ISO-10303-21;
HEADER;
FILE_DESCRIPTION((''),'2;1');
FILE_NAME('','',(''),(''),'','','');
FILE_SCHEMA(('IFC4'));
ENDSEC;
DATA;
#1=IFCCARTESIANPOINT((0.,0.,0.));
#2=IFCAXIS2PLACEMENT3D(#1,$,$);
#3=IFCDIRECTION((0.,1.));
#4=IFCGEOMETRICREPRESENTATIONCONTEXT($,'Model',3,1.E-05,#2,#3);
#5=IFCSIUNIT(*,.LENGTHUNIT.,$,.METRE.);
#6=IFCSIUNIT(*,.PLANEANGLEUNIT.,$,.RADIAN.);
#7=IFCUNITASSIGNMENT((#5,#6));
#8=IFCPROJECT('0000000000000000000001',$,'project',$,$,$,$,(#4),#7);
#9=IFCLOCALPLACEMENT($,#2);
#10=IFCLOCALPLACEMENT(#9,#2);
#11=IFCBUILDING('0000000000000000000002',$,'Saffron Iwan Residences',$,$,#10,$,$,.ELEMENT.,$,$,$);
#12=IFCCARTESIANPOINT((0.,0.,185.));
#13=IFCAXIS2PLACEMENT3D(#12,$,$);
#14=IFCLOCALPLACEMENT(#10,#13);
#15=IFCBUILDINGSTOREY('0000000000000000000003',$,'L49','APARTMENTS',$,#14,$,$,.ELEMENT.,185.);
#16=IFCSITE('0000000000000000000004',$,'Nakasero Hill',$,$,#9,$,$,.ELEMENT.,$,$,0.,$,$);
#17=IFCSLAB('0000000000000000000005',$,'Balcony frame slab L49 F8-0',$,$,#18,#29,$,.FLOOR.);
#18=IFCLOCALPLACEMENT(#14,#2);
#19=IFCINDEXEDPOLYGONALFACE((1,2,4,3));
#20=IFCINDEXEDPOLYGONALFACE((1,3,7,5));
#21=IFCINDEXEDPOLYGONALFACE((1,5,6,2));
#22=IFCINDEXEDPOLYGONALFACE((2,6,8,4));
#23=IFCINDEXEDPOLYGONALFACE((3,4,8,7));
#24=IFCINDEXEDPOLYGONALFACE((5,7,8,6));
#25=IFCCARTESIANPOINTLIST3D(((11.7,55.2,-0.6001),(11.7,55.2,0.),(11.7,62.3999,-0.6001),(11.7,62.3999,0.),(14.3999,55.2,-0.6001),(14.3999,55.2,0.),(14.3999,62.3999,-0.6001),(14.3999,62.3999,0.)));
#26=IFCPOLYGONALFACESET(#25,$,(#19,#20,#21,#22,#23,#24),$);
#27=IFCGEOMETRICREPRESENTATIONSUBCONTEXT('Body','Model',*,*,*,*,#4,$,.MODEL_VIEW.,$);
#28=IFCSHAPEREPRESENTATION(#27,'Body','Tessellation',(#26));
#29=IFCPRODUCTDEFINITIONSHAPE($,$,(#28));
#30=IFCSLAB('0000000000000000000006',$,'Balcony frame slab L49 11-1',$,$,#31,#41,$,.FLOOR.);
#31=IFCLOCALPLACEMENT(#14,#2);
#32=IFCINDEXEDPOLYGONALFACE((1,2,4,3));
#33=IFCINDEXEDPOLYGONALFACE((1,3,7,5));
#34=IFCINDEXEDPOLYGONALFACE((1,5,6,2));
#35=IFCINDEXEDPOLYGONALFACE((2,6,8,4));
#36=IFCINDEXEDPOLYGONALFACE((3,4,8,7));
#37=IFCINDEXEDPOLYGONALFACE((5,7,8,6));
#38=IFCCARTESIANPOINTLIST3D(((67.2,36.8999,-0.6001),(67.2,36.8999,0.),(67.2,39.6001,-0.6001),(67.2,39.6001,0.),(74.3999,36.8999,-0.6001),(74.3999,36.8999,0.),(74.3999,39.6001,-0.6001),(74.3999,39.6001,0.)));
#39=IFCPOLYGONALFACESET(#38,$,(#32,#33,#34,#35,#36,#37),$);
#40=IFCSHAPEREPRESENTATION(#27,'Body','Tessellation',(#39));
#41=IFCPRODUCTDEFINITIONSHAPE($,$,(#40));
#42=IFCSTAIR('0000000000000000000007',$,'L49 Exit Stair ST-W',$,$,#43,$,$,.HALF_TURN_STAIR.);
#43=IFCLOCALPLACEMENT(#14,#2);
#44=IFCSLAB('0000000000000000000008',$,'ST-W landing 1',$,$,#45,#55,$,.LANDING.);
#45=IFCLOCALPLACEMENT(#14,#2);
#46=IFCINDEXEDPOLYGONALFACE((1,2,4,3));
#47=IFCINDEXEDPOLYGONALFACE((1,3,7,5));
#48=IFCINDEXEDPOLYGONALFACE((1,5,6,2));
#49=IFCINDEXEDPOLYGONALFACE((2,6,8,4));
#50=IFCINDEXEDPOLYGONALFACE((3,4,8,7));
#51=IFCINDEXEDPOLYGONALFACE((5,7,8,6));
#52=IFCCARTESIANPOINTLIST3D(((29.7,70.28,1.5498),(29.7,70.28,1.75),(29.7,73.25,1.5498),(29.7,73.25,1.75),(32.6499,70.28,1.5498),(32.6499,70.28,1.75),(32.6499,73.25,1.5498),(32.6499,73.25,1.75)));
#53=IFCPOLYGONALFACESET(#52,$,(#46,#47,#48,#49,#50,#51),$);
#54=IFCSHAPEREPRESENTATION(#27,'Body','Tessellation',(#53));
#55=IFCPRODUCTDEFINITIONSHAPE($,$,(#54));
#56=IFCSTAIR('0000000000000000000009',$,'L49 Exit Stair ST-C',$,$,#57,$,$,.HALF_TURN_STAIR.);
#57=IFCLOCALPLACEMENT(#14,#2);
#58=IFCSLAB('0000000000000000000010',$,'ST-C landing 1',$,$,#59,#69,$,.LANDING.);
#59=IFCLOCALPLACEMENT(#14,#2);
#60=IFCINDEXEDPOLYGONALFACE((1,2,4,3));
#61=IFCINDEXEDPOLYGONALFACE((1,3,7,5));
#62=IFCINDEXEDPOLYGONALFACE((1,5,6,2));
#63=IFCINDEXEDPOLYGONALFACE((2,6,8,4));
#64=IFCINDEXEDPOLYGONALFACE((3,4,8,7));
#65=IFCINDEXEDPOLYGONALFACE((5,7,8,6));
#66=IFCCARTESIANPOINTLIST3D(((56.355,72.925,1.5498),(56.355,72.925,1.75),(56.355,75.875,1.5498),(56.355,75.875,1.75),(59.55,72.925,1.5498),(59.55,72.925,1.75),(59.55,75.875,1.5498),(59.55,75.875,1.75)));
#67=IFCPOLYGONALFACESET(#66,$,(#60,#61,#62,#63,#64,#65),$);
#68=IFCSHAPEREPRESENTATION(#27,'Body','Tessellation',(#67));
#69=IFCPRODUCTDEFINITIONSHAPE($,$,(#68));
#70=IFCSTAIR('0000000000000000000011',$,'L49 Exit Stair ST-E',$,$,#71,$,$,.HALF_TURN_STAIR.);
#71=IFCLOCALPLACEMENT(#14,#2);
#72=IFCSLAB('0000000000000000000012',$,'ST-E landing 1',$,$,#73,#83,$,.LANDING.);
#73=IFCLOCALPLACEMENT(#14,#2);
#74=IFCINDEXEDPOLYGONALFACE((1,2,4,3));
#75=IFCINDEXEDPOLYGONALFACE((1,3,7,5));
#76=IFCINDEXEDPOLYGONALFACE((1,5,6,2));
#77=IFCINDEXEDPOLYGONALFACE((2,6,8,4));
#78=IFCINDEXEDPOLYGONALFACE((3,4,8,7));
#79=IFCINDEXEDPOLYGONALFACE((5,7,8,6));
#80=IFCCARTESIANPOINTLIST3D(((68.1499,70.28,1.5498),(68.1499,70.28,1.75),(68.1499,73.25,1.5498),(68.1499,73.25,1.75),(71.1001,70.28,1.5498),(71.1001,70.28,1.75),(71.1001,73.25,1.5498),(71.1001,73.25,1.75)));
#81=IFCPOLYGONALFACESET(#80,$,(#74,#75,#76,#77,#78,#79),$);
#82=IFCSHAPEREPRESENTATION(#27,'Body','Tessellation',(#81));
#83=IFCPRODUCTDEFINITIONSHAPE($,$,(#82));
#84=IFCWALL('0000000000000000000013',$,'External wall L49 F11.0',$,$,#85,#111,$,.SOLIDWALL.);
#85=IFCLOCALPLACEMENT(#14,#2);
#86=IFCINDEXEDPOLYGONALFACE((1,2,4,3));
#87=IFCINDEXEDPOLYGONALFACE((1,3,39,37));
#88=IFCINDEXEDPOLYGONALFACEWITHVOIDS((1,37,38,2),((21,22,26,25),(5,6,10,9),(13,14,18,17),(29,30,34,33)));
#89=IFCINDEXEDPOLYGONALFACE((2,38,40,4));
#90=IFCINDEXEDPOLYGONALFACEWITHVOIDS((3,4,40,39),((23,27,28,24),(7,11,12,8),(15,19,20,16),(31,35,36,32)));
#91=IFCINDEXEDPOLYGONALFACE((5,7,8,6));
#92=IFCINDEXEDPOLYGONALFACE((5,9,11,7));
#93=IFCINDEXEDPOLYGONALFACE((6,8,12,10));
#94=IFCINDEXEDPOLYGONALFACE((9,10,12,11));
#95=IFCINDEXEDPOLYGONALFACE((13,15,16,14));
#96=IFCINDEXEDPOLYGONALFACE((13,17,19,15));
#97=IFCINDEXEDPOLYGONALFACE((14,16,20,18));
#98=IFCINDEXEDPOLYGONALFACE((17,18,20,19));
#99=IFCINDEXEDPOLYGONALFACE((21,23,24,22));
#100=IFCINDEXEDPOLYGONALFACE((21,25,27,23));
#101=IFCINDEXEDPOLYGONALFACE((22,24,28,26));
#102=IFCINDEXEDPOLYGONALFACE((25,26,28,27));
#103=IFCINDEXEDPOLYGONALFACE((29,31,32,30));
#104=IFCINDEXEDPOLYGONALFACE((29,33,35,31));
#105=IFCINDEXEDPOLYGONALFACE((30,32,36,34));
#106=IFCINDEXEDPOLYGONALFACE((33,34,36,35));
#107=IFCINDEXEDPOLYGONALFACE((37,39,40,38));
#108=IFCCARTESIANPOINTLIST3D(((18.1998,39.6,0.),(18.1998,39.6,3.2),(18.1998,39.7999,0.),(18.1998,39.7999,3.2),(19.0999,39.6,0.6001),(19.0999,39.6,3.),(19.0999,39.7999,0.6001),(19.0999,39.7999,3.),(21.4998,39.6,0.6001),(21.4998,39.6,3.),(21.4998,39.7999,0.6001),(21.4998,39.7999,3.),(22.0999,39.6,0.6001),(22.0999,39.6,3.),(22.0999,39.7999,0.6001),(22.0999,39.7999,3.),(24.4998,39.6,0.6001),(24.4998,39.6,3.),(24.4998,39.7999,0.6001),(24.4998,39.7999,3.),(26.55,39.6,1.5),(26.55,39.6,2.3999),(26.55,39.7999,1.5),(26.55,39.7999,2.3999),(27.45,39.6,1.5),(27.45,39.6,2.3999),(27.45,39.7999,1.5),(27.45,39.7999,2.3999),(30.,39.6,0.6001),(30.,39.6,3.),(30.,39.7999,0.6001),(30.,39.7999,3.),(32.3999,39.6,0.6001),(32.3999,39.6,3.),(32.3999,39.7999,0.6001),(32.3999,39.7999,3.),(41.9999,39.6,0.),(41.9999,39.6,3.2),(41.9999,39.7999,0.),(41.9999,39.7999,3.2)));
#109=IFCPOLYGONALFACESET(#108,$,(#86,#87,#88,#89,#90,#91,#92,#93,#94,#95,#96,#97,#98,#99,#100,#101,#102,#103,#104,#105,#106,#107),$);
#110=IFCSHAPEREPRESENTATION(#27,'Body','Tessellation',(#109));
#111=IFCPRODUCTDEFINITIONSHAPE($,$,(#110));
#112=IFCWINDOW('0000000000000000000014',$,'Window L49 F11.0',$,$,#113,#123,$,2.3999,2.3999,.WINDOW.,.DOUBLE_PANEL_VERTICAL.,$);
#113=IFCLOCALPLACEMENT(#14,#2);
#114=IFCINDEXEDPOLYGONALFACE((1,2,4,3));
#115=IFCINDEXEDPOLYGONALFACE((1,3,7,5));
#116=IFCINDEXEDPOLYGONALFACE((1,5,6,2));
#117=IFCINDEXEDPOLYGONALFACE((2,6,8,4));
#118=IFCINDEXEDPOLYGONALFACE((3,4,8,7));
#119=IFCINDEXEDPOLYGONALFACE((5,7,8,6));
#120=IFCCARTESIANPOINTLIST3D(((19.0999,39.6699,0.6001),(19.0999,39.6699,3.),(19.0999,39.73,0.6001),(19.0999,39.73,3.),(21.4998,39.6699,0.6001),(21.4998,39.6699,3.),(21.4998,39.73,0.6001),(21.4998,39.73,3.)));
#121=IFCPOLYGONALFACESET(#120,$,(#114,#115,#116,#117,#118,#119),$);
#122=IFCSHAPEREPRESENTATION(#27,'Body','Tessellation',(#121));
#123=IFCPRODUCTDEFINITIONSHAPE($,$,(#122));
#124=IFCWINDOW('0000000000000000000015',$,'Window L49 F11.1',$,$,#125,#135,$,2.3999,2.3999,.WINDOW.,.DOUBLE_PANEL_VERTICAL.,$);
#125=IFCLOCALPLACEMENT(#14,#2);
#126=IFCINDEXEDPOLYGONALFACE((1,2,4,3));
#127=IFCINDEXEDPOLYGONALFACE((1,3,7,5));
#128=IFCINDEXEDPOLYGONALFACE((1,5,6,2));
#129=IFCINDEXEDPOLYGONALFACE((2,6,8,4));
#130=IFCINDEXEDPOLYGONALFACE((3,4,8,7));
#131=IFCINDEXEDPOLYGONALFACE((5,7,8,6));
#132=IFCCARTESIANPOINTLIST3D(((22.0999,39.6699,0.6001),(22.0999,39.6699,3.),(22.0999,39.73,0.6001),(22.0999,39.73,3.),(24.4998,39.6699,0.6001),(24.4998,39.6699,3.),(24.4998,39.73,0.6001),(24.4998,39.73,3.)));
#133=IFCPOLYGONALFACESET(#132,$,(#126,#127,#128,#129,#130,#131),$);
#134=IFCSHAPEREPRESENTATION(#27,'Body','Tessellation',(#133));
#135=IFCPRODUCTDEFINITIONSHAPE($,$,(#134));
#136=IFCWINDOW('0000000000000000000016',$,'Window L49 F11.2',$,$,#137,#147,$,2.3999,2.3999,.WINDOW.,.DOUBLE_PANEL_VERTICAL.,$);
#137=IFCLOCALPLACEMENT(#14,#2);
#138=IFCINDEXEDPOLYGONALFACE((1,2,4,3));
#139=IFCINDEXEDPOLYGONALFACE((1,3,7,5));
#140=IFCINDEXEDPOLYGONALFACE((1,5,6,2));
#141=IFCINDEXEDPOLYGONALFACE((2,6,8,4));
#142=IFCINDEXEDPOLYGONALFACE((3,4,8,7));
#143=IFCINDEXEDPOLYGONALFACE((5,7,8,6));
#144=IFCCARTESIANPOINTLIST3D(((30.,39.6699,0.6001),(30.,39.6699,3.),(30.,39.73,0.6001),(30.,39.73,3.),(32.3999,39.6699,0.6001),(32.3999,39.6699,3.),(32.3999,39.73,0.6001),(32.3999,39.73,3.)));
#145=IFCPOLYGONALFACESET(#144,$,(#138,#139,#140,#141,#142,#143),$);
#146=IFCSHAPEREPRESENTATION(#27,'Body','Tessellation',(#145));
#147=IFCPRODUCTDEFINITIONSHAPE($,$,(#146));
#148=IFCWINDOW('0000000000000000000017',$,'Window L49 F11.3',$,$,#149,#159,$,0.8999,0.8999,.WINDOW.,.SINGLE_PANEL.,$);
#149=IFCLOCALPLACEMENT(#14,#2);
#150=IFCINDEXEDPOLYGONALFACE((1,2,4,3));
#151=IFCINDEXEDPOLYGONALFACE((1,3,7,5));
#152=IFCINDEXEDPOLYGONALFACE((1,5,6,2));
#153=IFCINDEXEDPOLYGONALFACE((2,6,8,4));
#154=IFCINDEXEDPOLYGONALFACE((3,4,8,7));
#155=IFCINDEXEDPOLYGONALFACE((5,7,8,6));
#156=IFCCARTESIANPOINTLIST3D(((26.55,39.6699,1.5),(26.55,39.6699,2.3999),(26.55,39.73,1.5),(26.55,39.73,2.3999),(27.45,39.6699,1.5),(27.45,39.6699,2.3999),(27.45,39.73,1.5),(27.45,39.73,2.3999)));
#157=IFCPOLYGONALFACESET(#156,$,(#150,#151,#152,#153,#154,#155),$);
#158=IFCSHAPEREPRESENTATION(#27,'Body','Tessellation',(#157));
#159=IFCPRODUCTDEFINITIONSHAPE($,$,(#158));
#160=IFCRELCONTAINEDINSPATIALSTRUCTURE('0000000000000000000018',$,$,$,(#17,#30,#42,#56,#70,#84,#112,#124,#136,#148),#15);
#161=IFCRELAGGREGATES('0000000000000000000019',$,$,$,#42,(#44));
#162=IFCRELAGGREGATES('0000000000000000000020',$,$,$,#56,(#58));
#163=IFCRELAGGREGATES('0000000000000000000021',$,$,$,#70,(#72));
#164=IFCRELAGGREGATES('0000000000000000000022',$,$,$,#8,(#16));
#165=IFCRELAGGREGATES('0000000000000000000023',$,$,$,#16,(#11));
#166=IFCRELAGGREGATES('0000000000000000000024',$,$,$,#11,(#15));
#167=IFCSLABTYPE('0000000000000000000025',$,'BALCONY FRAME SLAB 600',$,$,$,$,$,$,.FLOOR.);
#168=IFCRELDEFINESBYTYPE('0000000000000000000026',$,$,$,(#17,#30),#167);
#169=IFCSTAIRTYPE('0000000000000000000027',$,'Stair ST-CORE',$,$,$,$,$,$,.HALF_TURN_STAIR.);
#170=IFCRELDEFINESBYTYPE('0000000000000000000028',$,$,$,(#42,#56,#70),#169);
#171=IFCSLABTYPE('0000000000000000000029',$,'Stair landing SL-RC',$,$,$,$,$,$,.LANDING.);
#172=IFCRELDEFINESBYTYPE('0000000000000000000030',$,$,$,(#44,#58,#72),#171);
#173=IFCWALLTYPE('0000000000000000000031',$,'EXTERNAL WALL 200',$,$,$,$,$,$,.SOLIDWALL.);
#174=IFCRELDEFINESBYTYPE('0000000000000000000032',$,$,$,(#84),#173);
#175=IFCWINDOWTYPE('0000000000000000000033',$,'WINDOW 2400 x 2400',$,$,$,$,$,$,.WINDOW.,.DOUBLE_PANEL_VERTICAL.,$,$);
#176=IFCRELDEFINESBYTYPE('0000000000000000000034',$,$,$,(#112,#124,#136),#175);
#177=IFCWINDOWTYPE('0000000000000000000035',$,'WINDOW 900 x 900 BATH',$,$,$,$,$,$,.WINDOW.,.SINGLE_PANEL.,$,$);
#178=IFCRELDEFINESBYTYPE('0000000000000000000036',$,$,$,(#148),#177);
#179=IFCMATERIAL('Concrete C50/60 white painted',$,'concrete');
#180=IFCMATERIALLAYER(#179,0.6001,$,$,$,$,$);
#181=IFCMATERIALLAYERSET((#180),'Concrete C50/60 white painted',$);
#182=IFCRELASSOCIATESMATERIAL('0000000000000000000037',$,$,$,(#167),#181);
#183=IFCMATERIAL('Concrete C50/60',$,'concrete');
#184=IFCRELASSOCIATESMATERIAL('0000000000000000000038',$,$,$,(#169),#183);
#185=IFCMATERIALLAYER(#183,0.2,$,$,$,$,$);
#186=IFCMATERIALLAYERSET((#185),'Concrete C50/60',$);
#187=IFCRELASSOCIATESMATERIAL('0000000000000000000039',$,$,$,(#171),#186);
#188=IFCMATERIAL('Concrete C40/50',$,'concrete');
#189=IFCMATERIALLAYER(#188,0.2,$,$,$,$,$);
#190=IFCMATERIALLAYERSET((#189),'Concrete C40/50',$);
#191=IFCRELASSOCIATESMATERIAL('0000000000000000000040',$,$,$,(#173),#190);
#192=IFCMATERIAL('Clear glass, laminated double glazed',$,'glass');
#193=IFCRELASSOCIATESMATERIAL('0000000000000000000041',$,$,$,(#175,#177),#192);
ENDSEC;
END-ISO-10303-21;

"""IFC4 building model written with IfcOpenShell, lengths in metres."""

from ifc_helpers import new_model, si_unit, direction, frame, frame_2d, origin, place, context, subcontext, project, spatial, polyline, rectangle, outline, extrude, material, layer, layer_set, type_object, element, fill, aggregate, save


model = new_model("IFC4")

# Units and contexts
model_context = context("Model", 3, precision=1e-05, world=origin(), true_north=direction((0.0, 1.0)))
body_context = subcontext(model_context, "Body", "Model", "MODEL_VIEW")
ifc_project = project(units=[si_unit("LENGTHUNIT", "METRE"), si_unit("PLANEANGLEUNIT", "RADIAN")], contexts=[model_context])

# Site, building, storey
site_placement = place(None, origin())
site = spatial("IfcSite", under=ifc_project, at=site_placement, Name="Nakasero Hill", CompositionType="ELEMENT", RefElevation=0.0)
building_placement = place(site_placement, origin())
building = spatial("IfcBuilding", under=site, at=building_placement, Name="Saffron Iwan Residences", CompositionType="ELEMENT")
storey_placement = place(building_placement, frame((0.0, 0.0, 185.0)))
storey = spatial("IfcBuildingStorey", under=building, at=storey_placement, Name="L49", Description="APARTMENTS", CompositionType="ELEMENT", Elevation=185.0)

# Slabs
ifc_material_1 = material(Name="Concrete C50/60 white painted", Category="concrete")
ifc_layer_1 = layer(ifc_material_1, 0.6001)
ifc_layer_set_1 = layer_set([ifc_layer_1], Name="Concrete C50/60 white painted")
slab_type_1 = type_object("IfcSlabType", Name="BALCONY FRAME SLAB 600", PredefinedType="FLOOR", material=ifc_layer_set_1)
slab_1_placement = place(storey_placement, frame((0.0, 0.0, -0.6001)))
element("IfcSlab", 1, at=slab_1_placement, inside=storey, type_object=slab_type_1, Name="Balcony frame slab L49 F8-0", PredefinedType="FLOOR", context=body_context, shape_type="SweptSolid", body=[
    extrude(outline(polyline([(11.7, 62.3999), (11.7, 55.2), (14.3999, 55.2), (14.3999, 62.3999), (11.7, 62.3999)])), origin(), (0.0, 0.0, 1.0), 0.6001),
])
slab_2_placement = place(storey_placement, frame((0.0, 0.0, -0.6001)))
element("IfcSlab", 2, at=slab_2_placement, inside=storey, type_object=slab_type_1, Name="Balcony frame slab L49 11-1", PredefinedType="FLOOR", context=body_context, shape_type="SweptSolid", body=[
    extrude(outline(polyline([(67.2, 36.8999), (74.3999, 36.8999), (74.3999, 39.6001), (67.2, 39.6001), (67.2, 36.8999)])), origin(), (0.0, 0.0, 1.0), 0.6001),
])

# Stairs, slabs
ifc_material_2 = material(Name="Concrete C50/60", Category="concrete")
stair_type = type_object("IfcStairType", Name="Stair ST-CORE", PredefinedType="HALF_TURN_STAIR", material=ifc_material_2)
stair_1_placement = place(storey_placement, origin())
stair_1 = element("IfcStair", 3, at=stair_1_placement, inside=storey, type_object=stair_type, Name="L49 Exit Stair ST-W", PredefinedType="HALF_TURN_STAIR")
ifc_layer_2 = layer(ifc_material_2, 0.2)
ifc_layer_set_2 = layer_set([ifc_layer_2], Name="Concrete C50/60")
slab_type_2 = type_object("IfcSlabType", Name="Stair landing SL-RC", PredefinedType="LANDING", material=ifc_layer_set_2)
slab_3_placement = place(storey_placement, frame((0.0, 0.0, 1.5498)))
slab_3 = element("IfcSlab", 4, at=slab_3_placement, type_object=slab_type_2, Name="ST-W landing 1", PredefinedType="LANDING", context=body_context, shape_type="SweptSolid", body=[
    extrude(outline(polyline([(32.6499, 70.28), (32.6499, 73.25), (29.7, 73.25), (29.7, 70.28), (32.6499, 70.28)])), origin(), (0.0, 0.0, 1.0), 0.2002),
])
aggregate(stair_1, [slab_3])
stair_2_placement = place(storey_placement, origin())
stair_2 = element("IfcStair", 5, at=stair_2_placement, inside=storey, type_object=stair_type, Name="L49 Exit Stair ST-C", PredefinedType="HALF_TURN_STAIR")
slab_4_placement = place(storey_placement, frame((0.0, 0.0, 1.5498)))
slab_4 = element("IfcSlab", 6, at=slab_4_placement, type_object=slab_type_2, Name="ST-C landing 1", PredefinedType="LANDING", context=body_context, shape_type="SweptSolid", body=[
    extrude(outline(polyline([(56.355, 72.925), (59.55, 72.925), (59.55, 75.875), (56.355, 75.875), (56.355, 72.925)])), origin(), (0.0, 0.0, 1.0), 0.2002),
])
aggregate(stair_2, [slab_4])
stair_3_placement = place(storey_placement, origin())
stair_3 = element("IfcStair", 7, at=stair_3_placement, inside=storey, type_object=stair_type, Name="L49 Exit Stair ST-E", PredefinedType="HALF_TURN_STAIR")
slab_5_placement = place(storey_placement, frame((0.0, 0.0, 1.5498)))
slab_5 = element("IfcSlab", 8, at=slab_5_placement, type_object=slab_type_2, Name="ST-E landing 1", PredefinedType="LANDING", context=body_context, shape_type="SweptSolid", body=[
    extrude(outline(polyline([(71.1001, 70.28), (71.1001, 73.25), (68.1499, 73.25), (68.1499, 70.28), (71.1001, 70.28)])), origin(), (0.0, 0.0, 1.0), 0.2002),
])
aggregate(stair_3, [slab_5])

# Wall, openings, windows
ifc_material_3 = material(Name="Concrete C40/50", Category="concrete")
ifc_layer_3 = layer(ifc_material_3, 0.2)
ifc_layer_set_3 = layer_set([ifc_layer_3], Name="Concrete C40/50")
wall_type_1 = type_object("IfcWallType", Name="EXTERNAL WALL 200", PredefinedType="SOLIDWALL", material=ifc_layer_set_3)
wall_1_placement = place(storey_placement, frame((18.2, 39.7, 0.0), z_axis=(0.0, 0.0, 1.0), x_axis=(1.0, 0.0, 0.0)))
wall_1 = element("IfcWall", 9, at=wall_1_placement, inside=storey, type_object=wall_type_1, Name="External wall L49 F11.0", PredefinedType="SOLIDWALL", context=body_context, shape_type="SweptSolid", body=[
    extrude(rectangle(XDim=23.8, YDim=0.2, at=frame_2d((11.8999, 0.0))), origin(), (0.0, 0.0, 1.0), 3.2),
])
opening_1_placement = place(wall_1_placement, frame((0.8999, 0.0, 0.6001)))
opening_1 = element("IfcOpeningElement", 10, at=opening_1_placement, cuts=wall_1, PredefinedType="OPENING", context=body_context, shape_type="SweptSolid", body=[
    extrude(rectangle(XDim=2.3999, YDim=2.3999, at=frame_2d((1.2, 1.2))), frame((0.0, 0.1099, 0.0), z_axis=(0.0, -1.0, 0.0), x_axis=(1.0, 0.0, 0.0)), (0.0, 0.0, 1.0), 0.22),
])
opening_2_placement = place(wall_1_placement, frame((3.8999, 0.0, 0.6001)))
opening_2 = element("IfcOpeningElement", 11, at=opening_2_placement, cuts=wall_1, PredefinedType="OPENING", context=body_context, shape_type="SweptSolid", body=[
    extrude(rectangle(XDim=2.3999, YDim=2.3999, at=frame_2d((1.2, 1.2))), frame((0.0, 0.1099, 0.0), z_axis=(0.0, -1.0, 0.0), x_axis=(1.0, 0.0, 0.0)), (0.0, 0.0, 1.0), 0.22),
])
opening_3_placement = place(wall_1_placement, frame((11.8, 0.0, 0.6001)))
opening_3 = element("IfcOpeningElement", 12, at=opening_3_placement, cuts=wall_1, PredefinedType="OPENING", context=body_context, shape_type="SweptSolid", body=[
    extrude(rectangle(XDim=2.3999, YDim=2.3999, at=frame_2d((1.2, 1.2))), frame((0.0, 0.1099, 0.0), z_axis=(0.0, -1.0, 0.0), x_axis=(1.0, 0.0, 0.0)), (0.0, 0.0, 1.0), 0.22),
])
opening_4_placement = place(wall_1_placement, frame((8.3501, 0.0, 1.5)))
opening_4 = element("IfcOpeningElement", 13, at=opening_4_placement, cuts=wall_1, PredefinedType="OPENING", context=body_context, shape_type="SweptSolid", body=[
    extrude(rectangle(XDim=0.8999, YDim=0.8999, at=frame_2d((0.45, 0.45))), frame((0.0, 0.1099, 0.0), z_axis=(0.0, -1.0, 0.0), x_axis=(1.0, 0.0, 0.0)), (0.0, 0.0, 1.0), 0.22),
])
ifc_material_4 = material(Name="Clear glass, laminated double glazed", Category="glass")
window_type_1 = type_object("IfcWindowType", Name="WINDOW 2400 x 2400", PartitioningType="DOUBLE_PANEL_VERTICAL", PredefinedType="WINDOW", material=ifc_material_4)
window_1_placement = place(opening_1_placement, origin())
window_1 = element("IfcWindow", 14, at=window_1_placement, inside=storey, type_object=window_type_1, Name="Window L49 F11.0", OverallHeight=2.3999, OverallWidth=2.3999, PartitioningType="DOUBLE_PANEL_VERTICAL", PredefinedType="WINDOW", context=body_context, shape_type="SweptSolid", body=[
    extrude(rectangle(XDim=2.3999, YDim=2.3999, at=frame_2d((1.2, 1.2))), frame((0.0, 0.03, 0.0), z_axis=(0.0, -1.0, 0.0), x_axis=(1.0, 0.0, 0.0)), (0.0, 0.0, 1.0), 0.0601),
])
fill(opening_1, window_1)
window_2_placement = place(opening_2_placement, origin())
window_2 = element("IfcWindow", 15, at=window_2_placement, inside=storey, type_object=window_type_1, Name="Window L49 F11.1", OverallHeight=2.3999, OverallWidth=2.3999, PartitioningType="DOUBLE_PANEL_VERTICAL", PredefinedType="WINDOW", context=body_context, shape_type="SweptSolid", body=[
    extrude(rectangle(XDim=2.3999, YDim=2.3999, at=frame_2d((1.2, 1.2))), frame((0.0, 0.03, 0.0), z_axis=(0.0, -1.0, 0.0), x_axis=(1.0, 0.0, 0.0)), (0.0, 0.0, 1.0), 0.0601),
])
fill(opening_2, window_2)
window_3_placement = place(opening_3_placement, origin())
window_3 = element("IfcWindow", 16, at=window_3_placement, inside=storey, type_object=window_type_1, Name="Window L49 F11.2", OverallHeight=2.3999, OverallWidth=2.3999, PartitioningType="DOUBLE_PANEL_VERTICAL", PredefinedType="WINDOW", context=body_context, shape_type="SweptSolid", body=[
    extrude(rectangle(XDim=2.3999, YDim=2.3999, at=frame_2d((1.2, 1.2))), frame((0.0, 0.03, 0.0), z_axis=(0.0, -1.0, 0.0), x_axis=(1.0, 0.0, 0.0)), (0.0, 0.0, 1.0), 0.0601),
])
fill(opening_3, window_3)
window_type_2 = type_object("IfcWindowType", Name="WINDOW 900 x 900 BATH", PartitioningType="SINGLE_PANEL", PredefinedType="WINDOW", material=ifc_material_4)
window_4_placement = place(opening_4_placement, origin())
window_4 = element("IfcWindow", 17, at=window_4_placement, inside=storey, type_object=window_type_2, Name="Window L49 F11.3", OverallHeight=0.8999, OverallWidth=0.8999, PartitioningType="SINGLE_PANEL", PredefinedType="WINDOW", context=body_context, shape_type="SweptSolid", body=[
    extrude(rectangle(XDim=0.8999, YDim=0.8999, at=frame_2d((0.45, 0.45))), frame((0.0, 0.03, 0.0), z_axis=(0.0, -1.0, 0.0), x_axis=(1.0, 0.0, 0.0)), (0.0, 0.0, 1.0), 0.0601),
])
fill(opening_4, window_4)

save(model, "model.ifc")
